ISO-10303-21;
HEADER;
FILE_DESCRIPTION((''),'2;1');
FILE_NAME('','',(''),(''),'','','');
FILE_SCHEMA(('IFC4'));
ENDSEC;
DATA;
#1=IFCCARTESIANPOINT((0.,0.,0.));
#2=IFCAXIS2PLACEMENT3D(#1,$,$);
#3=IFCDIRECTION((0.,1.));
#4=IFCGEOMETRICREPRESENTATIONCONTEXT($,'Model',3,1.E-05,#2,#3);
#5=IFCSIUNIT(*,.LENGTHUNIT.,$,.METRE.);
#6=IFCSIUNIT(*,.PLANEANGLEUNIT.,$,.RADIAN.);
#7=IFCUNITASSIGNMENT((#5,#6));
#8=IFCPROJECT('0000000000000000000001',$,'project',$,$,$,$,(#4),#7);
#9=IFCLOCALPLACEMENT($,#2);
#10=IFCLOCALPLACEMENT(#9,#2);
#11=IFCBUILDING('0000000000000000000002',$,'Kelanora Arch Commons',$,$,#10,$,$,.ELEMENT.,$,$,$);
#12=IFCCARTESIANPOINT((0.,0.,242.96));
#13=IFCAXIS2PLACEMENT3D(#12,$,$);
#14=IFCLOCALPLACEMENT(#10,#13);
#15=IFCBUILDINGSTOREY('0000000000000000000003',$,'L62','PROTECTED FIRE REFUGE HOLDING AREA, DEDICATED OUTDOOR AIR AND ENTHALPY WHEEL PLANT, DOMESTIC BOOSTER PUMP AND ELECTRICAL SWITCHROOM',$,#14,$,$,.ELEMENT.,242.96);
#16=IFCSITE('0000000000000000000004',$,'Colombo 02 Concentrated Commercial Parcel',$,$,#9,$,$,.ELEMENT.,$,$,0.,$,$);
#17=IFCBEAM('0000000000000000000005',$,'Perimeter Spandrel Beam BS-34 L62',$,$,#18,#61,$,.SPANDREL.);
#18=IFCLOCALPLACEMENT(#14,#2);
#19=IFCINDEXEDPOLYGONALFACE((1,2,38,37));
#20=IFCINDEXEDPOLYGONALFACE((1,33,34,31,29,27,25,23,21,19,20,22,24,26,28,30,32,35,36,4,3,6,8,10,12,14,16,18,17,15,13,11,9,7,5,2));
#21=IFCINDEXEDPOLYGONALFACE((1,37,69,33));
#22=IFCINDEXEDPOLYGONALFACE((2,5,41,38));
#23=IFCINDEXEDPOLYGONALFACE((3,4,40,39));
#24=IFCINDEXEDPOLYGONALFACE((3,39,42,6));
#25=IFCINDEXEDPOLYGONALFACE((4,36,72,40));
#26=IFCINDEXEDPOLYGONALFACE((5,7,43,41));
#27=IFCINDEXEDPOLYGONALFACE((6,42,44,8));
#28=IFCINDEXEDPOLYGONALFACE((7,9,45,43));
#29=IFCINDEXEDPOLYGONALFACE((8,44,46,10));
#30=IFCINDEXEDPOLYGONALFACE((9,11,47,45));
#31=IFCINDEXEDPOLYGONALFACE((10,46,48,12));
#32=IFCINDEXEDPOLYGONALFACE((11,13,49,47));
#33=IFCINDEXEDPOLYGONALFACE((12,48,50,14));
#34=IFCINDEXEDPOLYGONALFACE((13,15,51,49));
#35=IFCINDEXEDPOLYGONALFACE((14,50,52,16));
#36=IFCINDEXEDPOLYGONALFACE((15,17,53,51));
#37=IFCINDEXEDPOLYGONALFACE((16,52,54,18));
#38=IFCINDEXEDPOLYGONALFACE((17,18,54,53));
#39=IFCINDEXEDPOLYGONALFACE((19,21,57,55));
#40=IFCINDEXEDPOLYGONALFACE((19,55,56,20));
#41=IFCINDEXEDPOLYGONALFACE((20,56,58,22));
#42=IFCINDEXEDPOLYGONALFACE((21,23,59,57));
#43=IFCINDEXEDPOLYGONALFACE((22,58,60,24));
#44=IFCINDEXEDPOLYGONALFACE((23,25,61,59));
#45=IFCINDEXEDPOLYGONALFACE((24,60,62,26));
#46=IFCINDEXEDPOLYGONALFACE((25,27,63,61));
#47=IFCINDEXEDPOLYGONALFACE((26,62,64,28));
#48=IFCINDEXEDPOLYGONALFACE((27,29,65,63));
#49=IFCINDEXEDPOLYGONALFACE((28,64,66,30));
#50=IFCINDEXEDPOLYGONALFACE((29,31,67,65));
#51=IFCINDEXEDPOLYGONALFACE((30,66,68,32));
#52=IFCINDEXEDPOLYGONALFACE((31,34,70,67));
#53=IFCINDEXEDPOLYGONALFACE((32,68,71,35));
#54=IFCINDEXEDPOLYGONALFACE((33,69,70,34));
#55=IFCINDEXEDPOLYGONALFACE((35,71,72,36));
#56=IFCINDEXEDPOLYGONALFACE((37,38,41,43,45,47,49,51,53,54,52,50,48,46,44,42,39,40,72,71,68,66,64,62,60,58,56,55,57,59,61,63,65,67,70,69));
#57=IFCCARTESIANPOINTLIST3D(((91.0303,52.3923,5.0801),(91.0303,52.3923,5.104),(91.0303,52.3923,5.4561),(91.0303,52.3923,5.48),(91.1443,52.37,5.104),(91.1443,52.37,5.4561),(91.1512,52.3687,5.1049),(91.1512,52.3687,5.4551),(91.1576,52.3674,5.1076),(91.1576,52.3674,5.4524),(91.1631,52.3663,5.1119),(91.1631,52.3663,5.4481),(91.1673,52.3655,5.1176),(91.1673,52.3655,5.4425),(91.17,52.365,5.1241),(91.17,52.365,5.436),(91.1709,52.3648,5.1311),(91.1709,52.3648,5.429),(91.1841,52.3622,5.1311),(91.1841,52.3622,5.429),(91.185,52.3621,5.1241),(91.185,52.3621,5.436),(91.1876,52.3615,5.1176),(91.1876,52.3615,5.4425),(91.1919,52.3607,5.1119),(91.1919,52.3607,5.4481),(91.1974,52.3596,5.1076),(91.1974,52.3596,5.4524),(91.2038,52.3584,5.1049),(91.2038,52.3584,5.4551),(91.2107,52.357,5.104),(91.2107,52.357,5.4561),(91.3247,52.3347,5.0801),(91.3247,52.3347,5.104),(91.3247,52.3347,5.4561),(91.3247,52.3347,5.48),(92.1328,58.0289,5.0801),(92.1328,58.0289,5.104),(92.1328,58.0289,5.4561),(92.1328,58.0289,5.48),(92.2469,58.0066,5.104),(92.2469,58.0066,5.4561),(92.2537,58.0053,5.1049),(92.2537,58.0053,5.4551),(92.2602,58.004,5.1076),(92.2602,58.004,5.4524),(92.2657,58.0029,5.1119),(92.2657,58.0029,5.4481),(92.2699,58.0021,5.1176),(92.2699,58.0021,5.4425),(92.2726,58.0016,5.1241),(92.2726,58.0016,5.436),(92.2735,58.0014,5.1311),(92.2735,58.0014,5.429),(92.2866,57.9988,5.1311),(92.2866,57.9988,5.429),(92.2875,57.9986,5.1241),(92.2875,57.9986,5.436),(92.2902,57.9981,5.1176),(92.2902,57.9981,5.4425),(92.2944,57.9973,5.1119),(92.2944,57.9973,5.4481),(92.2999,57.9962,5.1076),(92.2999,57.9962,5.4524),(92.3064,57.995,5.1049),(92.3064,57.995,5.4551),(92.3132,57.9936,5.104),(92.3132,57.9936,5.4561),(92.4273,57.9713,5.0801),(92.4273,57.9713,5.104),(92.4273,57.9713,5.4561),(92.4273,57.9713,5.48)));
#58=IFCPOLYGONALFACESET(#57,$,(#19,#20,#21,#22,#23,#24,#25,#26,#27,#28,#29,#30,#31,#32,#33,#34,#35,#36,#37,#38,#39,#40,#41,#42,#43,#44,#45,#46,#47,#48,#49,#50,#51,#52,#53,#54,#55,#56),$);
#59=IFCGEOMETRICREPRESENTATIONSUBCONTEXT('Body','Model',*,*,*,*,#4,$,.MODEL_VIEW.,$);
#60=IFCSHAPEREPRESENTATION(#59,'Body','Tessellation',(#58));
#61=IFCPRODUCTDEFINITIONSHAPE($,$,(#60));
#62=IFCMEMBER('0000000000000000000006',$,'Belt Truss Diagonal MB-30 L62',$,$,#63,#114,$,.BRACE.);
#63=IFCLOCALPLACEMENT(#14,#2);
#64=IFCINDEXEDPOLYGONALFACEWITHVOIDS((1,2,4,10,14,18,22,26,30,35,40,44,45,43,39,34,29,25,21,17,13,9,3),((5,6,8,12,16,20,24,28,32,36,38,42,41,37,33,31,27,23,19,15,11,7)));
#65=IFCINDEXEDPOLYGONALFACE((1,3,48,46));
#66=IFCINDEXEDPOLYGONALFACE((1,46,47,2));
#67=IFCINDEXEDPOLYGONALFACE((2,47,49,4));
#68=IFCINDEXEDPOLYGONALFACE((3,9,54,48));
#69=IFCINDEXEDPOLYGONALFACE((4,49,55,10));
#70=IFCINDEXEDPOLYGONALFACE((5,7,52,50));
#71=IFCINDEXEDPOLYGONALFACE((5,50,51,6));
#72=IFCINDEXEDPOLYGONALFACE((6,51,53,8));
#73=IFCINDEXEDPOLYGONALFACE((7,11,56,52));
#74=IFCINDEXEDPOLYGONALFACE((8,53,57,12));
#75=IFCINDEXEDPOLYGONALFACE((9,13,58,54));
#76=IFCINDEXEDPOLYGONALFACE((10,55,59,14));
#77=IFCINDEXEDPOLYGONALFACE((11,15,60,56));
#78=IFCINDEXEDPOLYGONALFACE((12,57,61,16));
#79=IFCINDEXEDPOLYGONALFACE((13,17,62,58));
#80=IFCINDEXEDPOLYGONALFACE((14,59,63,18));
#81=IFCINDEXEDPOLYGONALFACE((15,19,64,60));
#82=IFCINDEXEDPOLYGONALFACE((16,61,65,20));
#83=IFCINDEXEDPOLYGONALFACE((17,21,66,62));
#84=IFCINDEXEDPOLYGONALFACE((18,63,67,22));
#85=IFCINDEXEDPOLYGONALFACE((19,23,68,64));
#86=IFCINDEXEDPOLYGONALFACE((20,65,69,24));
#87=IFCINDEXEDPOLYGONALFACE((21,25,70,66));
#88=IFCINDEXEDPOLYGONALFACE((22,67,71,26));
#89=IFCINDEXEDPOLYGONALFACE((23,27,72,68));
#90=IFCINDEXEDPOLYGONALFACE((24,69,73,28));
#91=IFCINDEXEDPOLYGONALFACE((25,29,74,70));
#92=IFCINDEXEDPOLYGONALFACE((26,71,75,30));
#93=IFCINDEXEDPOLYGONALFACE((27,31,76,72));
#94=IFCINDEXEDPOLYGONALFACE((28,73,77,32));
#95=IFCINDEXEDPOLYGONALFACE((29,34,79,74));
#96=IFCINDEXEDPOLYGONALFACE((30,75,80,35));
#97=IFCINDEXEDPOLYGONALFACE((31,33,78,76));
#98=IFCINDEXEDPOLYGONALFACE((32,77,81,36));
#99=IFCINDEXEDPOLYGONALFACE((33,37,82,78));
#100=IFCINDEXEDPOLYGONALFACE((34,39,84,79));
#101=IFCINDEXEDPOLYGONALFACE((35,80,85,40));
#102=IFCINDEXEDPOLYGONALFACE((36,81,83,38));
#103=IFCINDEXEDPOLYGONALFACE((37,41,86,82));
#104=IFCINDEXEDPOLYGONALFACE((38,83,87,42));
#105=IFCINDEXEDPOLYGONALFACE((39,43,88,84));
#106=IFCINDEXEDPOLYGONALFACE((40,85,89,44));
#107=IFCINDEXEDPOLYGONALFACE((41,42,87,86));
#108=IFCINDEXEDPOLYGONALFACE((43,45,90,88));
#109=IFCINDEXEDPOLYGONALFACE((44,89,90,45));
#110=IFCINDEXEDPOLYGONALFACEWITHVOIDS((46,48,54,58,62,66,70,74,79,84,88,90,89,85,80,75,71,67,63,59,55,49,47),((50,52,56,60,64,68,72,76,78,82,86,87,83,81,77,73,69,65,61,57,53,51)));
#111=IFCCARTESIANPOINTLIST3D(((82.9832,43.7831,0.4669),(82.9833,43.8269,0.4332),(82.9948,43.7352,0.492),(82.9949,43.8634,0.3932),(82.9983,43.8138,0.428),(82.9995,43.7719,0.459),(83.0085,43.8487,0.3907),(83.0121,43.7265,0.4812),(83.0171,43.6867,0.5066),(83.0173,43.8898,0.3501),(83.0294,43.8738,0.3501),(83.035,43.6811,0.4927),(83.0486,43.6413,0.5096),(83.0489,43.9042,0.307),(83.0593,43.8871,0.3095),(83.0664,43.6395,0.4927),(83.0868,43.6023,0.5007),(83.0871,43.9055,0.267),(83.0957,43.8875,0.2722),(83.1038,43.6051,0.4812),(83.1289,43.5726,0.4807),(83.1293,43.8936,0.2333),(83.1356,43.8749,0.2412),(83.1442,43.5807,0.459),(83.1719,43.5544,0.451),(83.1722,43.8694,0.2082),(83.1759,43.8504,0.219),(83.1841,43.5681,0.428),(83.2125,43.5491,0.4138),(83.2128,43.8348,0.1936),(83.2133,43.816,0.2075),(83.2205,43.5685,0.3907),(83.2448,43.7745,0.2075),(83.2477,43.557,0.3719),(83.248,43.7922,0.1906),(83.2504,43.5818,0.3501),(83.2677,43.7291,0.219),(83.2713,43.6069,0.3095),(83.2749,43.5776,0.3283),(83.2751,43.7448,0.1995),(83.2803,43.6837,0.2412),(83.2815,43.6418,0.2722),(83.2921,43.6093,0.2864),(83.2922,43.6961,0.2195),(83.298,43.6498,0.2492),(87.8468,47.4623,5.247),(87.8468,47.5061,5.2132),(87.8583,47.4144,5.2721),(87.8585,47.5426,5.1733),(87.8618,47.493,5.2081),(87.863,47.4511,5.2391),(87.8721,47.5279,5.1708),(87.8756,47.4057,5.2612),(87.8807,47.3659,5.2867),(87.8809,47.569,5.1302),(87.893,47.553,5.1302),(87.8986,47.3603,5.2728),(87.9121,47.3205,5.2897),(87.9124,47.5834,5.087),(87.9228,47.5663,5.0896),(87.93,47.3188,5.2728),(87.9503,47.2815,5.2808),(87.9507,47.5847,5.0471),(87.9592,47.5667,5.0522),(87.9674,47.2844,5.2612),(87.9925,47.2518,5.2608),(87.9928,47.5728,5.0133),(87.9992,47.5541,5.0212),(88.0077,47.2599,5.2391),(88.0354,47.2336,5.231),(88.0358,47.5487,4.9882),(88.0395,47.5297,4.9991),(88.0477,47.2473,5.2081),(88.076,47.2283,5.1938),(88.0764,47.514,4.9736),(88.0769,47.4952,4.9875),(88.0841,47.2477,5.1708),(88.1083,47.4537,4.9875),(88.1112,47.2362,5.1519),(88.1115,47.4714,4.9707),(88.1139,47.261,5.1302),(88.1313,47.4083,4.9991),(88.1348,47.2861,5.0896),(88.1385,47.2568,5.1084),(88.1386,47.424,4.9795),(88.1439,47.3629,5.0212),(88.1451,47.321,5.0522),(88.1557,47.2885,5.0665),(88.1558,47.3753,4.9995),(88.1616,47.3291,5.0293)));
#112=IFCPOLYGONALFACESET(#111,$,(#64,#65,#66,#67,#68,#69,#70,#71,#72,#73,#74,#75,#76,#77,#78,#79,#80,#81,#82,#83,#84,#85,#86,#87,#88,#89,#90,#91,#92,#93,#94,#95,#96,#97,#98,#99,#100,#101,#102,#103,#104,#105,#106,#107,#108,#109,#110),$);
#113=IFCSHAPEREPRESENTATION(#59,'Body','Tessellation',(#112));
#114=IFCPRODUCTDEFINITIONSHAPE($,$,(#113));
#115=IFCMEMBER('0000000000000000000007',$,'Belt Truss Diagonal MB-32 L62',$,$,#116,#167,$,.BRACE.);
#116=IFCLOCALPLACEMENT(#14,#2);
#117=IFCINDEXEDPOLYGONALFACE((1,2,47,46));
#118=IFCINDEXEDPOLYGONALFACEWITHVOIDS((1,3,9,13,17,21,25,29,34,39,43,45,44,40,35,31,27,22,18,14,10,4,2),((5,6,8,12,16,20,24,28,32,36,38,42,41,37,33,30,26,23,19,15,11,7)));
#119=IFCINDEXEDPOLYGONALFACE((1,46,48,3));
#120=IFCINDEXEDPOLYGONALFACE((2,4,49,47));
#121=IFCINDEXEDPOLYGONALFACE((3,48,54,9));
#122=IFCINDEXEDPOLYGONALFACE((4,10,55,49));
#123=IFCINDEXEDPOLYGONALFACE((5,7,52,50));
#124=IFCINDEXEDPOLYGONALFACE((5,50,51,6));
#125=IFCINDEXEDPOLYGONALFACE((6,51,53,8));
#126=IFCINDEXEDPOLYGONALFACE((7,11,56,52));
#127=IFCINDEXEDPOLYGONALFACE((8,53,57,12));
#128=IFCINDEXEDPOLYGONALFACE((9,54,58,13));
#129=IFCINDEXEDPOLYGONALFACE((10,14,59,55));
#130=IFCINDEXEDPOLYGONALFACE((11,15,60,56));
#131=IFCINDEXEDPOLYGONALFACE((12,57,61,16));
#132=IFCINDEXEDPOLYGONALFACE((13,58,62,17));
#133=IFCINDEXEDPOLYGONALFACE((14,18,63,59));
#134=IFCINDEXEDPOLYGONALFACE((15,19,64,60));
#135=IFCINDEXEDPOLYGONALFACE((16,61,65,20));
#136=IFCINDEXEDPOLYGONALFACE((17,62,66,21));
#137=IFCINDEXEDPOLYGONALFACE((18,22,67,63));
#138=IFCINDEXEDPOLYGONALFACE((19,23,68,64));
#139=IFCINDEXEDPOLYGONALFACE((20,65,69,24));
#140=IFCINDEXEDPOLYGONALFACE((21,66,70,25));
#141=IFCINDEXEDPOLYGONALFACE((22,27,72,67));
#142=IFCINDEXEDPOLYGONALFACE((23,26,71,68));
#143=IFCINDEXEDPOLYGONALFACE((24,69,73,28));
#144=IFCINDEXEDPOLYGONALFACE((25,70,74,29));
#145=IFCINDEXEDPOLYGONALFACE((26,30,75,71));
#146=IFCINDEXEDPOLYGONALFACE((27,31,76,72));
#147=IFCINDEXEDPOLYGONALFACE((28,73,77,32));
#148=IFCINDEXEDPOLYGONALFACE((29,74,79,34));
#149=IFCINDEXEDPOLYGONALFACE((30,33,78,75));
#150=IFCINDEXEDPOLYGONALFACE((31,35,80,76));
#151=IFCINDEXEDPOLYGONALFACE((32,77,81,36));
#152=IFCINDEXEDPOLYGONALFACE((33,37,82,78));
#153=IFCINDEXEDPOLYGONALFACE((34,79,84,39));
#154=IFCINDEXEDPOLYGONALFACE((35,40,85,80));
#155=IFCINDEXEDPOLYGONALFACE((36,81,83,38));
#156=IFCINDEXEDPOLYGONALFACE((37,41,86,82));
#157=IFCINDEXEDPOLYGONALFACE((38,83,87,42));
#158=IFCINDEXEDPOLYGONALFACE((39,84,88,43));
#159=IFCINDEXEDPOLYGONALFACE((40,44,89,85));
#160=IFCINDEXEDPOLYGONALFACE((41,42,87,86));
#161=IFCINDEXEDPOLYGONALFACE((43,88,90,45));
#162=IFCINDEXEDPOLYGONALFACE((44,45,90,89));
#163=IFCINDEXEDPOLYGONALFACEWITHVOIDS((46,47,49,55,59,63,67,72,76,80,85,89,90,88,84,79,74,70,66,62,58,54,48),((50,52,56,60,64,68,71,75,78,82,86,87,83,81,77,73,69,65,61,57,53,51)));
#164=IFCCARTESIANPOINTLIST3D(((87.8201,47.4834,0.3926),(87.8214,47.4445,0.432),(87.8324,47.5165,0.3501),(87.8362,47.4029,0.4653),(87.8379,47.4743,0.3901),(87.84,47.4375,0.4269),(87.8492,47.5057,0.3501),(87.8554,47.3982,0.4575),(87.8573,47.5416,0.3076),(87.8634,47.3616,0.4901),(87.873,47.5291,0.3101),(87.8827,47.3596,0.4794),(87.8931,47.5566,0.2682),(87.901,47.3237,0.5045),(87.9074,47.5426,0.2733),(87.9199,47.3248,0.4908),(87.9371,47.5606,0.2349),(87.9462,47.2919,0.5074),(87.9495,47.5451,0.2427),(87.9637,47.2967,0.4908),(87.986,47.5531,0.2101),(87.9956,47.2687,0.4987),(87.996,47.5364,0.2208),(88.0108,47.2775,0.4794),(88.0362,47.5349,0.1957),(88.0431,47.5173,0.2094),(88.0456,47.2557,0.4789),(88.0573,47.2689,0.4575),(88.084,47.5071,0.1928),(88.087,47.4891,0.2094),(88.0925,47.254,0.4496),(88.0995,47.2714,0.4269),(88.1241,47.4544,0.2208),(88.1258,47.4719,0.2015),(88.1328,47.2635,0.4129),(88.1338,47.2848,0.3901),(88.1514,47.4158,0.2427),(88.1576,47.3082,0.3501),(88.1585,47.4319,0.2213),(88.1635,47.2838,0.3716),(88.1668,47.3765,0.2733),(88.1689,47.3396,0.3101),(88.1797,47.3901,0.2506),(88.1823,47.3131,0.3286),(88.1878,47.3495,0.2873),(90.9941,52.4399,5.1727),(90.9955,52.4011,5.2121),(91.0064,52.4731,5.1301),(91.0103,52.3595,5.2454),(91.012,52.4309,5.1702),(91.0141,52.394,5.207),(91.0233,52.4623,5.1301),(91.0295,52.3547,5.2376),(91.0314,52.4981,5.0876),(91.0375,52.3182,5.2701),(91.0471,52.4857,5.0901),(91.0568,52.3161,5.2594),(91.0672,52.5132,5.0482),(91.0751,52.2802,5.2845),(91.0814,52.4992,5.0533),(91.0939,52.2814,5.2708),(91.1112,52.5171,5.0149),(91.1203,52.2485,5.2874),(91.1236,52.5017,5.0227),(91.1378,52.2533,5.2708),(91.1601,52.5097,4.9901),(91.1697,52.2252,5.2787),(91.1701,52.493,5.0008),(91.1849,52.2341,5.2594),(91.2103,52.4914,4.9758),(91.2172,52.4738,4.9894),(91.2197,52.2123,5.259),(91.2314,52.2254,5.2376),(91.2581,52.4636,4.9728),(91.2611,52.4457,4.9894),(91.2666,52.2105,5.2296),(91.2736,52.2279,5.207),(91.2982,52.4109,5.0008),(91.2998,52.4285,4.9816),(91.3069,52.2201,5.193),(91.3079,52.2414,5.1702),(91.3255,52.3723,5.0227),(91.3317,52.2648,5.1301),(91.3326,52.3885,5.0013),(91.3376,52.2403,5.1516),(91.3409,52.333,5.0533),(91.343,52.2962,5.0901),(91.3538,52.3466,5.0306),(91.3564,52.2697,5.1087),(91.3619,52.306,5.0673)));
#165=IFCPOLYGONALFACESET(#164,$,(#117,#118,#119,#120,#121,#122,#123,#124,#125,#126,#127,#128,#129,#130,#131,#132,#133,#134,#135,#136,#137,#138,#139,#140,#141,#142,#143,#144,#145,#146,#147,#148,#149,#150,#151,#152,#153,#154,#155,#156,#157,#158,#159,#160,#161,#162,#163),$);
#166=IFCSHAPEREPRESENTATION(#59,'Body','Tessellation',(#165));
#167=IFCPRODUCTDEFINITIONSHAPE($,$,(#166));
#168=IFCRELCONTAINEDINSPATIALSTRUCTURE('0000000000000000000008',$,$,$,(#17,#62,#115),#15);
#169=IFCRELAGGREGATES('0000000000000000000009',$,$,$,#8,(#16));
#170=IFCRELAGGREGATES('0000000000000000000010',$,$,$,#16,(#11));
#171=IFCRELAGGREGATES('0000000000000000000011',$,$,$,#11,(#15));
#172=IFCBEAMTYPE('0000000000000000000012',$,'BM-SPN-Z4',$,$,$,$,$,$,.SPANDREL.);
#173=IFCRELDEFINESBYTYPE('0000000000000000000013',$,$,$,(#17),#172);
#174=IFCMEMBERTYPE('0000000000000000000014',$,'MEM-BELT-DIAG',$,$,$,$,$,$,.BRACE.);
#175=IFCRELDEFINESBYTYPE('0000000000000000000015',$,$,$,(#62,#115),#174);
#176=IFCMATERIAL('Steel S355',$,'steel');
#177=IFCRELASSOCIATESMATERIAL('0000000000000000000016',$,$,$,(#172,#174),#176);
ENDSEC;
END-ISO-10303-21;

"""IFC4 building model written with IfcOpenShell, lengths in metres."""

from ifc_helpers import new_model, si_unit, direction, frame, origin, origin_2d, place, context, subcontext, project, spatial, hollow_circle, i_section, extrude, material, material_profile, profile_set, type_object, element, save


model = new_model("IFC4")

# Units and contexts
model_context = context("Model", 3, precision=1e-05, world=origin(), true_north=direction((0.0, 1.0)))
body_context = subcontext(model_context, "Body", "Model", "MODEL_VIEW")
ifc_project = project(units=[si_unit("LENGTHUNIT", "METRE"), si_unit("PLANEANGLEUNIT", "RADIAN")], contexts=[model_context])

# Site, building, storey
site_placement = place(None, origin())
site = spatial("IfcSite", under=ifc_project, at=site_placement, Name="Colombo 02 Concentrated Commercial Parcel", CompositionType="ELEMENT", RefElevation=0.0)
building_placement = place(site_placement, origin())
building = spatial("IfcBuilding", under=site, at=building_placement, Name="Kelanora Arch Commons", CompositionType="ELEMENT")
storey_placement = place(building_placement, frame((0.0, 0.0, 242.96)))
storey = spatial("IfcBuildingStorey", under=building, at=storey_placement, Name="L62", Description="PROTECTED FIRE REFUGE HOLDING AREA, DEDICATED OUTDOOR AIR AND ENTHALPY WHEEL PLANT, DOMESTIC BOOSTER PUMP AND ELECTRICAL SWITCHROOM", CompositionType="ELEMENT", Elevation=242.96)

# Beam
ifc_material_1 = material(Name="Steel S355", Category="steel")
ifc_material_profile_1 = material_profile(ifc_material_1, i_section(OverallWidth=0.3, OverallDepth=0.3999, WebThickness=0.0134, FlangeThickness=0.0239, FilletRadius=0.0271, at=origin_2d()), Name="HEB400")
ifc_profile_set_1 = profile_set([ifc_material_profile_1], Name="Steel S355")
beam_type_1 = type_object("IfcBeamType", Name="BM-SPN-Z4", PredefinedType="SPANDREL", material=ifc_profile_set_1)
beam_1_placement = place(storey_placement, frame((91.1775, 52.3635, 5.28), z_axis=(0.19197, 0.981401, 0.0), x_axis=(-0.981401, 0.19197, 0.0)))
element("IfcBeam", 1, at=beam_1_placement, inside=storey, type_object=beam_type_1, Name="Perimeter Spandrel Beam BS-34 L62", PredefinedType="SPANDREL", context=body_context, shape_type="SweptSolid", body=[
    extrude(i_section(OverallWidth=0.3, OverallDepth=0.3999, WebThickness=0.0134, FlangeThickness=0.0239, FilletRadius=0.0271, at=origin_2d()), origin(), (0.0, 0.0, 1.0), 5.7434),
])

# Members
ifc_material_profile_2 = material_profile(ifc_material_1, hollow_circle(Radius=0.2031, WallThickness=0.02, at=origin_2d()), Name="CHS406.4x20")
ifc_profile_set_2 = profile_set([ifc_material_profile_2], Name="Steel S355")
member_type_1 = type_object("IfcMemberType", Name="MEM-BELT-DIAG", PredefinedType="BRACE", material=ifc_profile_set_2)
member_1_placement = place(storey_placement, frame((83.1399, 43.7278, 0.3501), z_axis=(0.627674, 0.474828, 0.616898), x_axis=(-0.603306, 0.797509, 0.0)))
element("IfcMember", 2, at=member_1_placement, inside=storey, type_object=member_type_1, Name="Belt Truss Diagonal MB-30 L62", PredefinedType="BRACE", context=body_context, shape_type="SweptSolid", body=[
    extrude(hollow_circle(Radius=0.2031, WallThickness=0.02, at=origin_2d()), origin(), (0.0, 0.0, 1.0), 7.7485),
])
member_2_placement = place(storey_placement, frame((88.0034, 47.407, 0.3501), z_axis=(0.418618, 0.653702, 0.630422), x_axis=(-0.842126, 0.539281, 0.0)))
element("IfcMember", 3, at=member_2_placement, inside=storey, type_object=member_type_1, Name="Belt Truss Diagonal MB-32 L62", PredefinedType="BRACE", context=body_context, shape_type="SweptSolid", body=[
    extrude(hollow_circle(Radius=0.2031, WallThickness=0.02, at=origin_2d()), origin(), (0.0, 0.0, 1.0), 7.5823),
])

save(model, "model.ifc")
